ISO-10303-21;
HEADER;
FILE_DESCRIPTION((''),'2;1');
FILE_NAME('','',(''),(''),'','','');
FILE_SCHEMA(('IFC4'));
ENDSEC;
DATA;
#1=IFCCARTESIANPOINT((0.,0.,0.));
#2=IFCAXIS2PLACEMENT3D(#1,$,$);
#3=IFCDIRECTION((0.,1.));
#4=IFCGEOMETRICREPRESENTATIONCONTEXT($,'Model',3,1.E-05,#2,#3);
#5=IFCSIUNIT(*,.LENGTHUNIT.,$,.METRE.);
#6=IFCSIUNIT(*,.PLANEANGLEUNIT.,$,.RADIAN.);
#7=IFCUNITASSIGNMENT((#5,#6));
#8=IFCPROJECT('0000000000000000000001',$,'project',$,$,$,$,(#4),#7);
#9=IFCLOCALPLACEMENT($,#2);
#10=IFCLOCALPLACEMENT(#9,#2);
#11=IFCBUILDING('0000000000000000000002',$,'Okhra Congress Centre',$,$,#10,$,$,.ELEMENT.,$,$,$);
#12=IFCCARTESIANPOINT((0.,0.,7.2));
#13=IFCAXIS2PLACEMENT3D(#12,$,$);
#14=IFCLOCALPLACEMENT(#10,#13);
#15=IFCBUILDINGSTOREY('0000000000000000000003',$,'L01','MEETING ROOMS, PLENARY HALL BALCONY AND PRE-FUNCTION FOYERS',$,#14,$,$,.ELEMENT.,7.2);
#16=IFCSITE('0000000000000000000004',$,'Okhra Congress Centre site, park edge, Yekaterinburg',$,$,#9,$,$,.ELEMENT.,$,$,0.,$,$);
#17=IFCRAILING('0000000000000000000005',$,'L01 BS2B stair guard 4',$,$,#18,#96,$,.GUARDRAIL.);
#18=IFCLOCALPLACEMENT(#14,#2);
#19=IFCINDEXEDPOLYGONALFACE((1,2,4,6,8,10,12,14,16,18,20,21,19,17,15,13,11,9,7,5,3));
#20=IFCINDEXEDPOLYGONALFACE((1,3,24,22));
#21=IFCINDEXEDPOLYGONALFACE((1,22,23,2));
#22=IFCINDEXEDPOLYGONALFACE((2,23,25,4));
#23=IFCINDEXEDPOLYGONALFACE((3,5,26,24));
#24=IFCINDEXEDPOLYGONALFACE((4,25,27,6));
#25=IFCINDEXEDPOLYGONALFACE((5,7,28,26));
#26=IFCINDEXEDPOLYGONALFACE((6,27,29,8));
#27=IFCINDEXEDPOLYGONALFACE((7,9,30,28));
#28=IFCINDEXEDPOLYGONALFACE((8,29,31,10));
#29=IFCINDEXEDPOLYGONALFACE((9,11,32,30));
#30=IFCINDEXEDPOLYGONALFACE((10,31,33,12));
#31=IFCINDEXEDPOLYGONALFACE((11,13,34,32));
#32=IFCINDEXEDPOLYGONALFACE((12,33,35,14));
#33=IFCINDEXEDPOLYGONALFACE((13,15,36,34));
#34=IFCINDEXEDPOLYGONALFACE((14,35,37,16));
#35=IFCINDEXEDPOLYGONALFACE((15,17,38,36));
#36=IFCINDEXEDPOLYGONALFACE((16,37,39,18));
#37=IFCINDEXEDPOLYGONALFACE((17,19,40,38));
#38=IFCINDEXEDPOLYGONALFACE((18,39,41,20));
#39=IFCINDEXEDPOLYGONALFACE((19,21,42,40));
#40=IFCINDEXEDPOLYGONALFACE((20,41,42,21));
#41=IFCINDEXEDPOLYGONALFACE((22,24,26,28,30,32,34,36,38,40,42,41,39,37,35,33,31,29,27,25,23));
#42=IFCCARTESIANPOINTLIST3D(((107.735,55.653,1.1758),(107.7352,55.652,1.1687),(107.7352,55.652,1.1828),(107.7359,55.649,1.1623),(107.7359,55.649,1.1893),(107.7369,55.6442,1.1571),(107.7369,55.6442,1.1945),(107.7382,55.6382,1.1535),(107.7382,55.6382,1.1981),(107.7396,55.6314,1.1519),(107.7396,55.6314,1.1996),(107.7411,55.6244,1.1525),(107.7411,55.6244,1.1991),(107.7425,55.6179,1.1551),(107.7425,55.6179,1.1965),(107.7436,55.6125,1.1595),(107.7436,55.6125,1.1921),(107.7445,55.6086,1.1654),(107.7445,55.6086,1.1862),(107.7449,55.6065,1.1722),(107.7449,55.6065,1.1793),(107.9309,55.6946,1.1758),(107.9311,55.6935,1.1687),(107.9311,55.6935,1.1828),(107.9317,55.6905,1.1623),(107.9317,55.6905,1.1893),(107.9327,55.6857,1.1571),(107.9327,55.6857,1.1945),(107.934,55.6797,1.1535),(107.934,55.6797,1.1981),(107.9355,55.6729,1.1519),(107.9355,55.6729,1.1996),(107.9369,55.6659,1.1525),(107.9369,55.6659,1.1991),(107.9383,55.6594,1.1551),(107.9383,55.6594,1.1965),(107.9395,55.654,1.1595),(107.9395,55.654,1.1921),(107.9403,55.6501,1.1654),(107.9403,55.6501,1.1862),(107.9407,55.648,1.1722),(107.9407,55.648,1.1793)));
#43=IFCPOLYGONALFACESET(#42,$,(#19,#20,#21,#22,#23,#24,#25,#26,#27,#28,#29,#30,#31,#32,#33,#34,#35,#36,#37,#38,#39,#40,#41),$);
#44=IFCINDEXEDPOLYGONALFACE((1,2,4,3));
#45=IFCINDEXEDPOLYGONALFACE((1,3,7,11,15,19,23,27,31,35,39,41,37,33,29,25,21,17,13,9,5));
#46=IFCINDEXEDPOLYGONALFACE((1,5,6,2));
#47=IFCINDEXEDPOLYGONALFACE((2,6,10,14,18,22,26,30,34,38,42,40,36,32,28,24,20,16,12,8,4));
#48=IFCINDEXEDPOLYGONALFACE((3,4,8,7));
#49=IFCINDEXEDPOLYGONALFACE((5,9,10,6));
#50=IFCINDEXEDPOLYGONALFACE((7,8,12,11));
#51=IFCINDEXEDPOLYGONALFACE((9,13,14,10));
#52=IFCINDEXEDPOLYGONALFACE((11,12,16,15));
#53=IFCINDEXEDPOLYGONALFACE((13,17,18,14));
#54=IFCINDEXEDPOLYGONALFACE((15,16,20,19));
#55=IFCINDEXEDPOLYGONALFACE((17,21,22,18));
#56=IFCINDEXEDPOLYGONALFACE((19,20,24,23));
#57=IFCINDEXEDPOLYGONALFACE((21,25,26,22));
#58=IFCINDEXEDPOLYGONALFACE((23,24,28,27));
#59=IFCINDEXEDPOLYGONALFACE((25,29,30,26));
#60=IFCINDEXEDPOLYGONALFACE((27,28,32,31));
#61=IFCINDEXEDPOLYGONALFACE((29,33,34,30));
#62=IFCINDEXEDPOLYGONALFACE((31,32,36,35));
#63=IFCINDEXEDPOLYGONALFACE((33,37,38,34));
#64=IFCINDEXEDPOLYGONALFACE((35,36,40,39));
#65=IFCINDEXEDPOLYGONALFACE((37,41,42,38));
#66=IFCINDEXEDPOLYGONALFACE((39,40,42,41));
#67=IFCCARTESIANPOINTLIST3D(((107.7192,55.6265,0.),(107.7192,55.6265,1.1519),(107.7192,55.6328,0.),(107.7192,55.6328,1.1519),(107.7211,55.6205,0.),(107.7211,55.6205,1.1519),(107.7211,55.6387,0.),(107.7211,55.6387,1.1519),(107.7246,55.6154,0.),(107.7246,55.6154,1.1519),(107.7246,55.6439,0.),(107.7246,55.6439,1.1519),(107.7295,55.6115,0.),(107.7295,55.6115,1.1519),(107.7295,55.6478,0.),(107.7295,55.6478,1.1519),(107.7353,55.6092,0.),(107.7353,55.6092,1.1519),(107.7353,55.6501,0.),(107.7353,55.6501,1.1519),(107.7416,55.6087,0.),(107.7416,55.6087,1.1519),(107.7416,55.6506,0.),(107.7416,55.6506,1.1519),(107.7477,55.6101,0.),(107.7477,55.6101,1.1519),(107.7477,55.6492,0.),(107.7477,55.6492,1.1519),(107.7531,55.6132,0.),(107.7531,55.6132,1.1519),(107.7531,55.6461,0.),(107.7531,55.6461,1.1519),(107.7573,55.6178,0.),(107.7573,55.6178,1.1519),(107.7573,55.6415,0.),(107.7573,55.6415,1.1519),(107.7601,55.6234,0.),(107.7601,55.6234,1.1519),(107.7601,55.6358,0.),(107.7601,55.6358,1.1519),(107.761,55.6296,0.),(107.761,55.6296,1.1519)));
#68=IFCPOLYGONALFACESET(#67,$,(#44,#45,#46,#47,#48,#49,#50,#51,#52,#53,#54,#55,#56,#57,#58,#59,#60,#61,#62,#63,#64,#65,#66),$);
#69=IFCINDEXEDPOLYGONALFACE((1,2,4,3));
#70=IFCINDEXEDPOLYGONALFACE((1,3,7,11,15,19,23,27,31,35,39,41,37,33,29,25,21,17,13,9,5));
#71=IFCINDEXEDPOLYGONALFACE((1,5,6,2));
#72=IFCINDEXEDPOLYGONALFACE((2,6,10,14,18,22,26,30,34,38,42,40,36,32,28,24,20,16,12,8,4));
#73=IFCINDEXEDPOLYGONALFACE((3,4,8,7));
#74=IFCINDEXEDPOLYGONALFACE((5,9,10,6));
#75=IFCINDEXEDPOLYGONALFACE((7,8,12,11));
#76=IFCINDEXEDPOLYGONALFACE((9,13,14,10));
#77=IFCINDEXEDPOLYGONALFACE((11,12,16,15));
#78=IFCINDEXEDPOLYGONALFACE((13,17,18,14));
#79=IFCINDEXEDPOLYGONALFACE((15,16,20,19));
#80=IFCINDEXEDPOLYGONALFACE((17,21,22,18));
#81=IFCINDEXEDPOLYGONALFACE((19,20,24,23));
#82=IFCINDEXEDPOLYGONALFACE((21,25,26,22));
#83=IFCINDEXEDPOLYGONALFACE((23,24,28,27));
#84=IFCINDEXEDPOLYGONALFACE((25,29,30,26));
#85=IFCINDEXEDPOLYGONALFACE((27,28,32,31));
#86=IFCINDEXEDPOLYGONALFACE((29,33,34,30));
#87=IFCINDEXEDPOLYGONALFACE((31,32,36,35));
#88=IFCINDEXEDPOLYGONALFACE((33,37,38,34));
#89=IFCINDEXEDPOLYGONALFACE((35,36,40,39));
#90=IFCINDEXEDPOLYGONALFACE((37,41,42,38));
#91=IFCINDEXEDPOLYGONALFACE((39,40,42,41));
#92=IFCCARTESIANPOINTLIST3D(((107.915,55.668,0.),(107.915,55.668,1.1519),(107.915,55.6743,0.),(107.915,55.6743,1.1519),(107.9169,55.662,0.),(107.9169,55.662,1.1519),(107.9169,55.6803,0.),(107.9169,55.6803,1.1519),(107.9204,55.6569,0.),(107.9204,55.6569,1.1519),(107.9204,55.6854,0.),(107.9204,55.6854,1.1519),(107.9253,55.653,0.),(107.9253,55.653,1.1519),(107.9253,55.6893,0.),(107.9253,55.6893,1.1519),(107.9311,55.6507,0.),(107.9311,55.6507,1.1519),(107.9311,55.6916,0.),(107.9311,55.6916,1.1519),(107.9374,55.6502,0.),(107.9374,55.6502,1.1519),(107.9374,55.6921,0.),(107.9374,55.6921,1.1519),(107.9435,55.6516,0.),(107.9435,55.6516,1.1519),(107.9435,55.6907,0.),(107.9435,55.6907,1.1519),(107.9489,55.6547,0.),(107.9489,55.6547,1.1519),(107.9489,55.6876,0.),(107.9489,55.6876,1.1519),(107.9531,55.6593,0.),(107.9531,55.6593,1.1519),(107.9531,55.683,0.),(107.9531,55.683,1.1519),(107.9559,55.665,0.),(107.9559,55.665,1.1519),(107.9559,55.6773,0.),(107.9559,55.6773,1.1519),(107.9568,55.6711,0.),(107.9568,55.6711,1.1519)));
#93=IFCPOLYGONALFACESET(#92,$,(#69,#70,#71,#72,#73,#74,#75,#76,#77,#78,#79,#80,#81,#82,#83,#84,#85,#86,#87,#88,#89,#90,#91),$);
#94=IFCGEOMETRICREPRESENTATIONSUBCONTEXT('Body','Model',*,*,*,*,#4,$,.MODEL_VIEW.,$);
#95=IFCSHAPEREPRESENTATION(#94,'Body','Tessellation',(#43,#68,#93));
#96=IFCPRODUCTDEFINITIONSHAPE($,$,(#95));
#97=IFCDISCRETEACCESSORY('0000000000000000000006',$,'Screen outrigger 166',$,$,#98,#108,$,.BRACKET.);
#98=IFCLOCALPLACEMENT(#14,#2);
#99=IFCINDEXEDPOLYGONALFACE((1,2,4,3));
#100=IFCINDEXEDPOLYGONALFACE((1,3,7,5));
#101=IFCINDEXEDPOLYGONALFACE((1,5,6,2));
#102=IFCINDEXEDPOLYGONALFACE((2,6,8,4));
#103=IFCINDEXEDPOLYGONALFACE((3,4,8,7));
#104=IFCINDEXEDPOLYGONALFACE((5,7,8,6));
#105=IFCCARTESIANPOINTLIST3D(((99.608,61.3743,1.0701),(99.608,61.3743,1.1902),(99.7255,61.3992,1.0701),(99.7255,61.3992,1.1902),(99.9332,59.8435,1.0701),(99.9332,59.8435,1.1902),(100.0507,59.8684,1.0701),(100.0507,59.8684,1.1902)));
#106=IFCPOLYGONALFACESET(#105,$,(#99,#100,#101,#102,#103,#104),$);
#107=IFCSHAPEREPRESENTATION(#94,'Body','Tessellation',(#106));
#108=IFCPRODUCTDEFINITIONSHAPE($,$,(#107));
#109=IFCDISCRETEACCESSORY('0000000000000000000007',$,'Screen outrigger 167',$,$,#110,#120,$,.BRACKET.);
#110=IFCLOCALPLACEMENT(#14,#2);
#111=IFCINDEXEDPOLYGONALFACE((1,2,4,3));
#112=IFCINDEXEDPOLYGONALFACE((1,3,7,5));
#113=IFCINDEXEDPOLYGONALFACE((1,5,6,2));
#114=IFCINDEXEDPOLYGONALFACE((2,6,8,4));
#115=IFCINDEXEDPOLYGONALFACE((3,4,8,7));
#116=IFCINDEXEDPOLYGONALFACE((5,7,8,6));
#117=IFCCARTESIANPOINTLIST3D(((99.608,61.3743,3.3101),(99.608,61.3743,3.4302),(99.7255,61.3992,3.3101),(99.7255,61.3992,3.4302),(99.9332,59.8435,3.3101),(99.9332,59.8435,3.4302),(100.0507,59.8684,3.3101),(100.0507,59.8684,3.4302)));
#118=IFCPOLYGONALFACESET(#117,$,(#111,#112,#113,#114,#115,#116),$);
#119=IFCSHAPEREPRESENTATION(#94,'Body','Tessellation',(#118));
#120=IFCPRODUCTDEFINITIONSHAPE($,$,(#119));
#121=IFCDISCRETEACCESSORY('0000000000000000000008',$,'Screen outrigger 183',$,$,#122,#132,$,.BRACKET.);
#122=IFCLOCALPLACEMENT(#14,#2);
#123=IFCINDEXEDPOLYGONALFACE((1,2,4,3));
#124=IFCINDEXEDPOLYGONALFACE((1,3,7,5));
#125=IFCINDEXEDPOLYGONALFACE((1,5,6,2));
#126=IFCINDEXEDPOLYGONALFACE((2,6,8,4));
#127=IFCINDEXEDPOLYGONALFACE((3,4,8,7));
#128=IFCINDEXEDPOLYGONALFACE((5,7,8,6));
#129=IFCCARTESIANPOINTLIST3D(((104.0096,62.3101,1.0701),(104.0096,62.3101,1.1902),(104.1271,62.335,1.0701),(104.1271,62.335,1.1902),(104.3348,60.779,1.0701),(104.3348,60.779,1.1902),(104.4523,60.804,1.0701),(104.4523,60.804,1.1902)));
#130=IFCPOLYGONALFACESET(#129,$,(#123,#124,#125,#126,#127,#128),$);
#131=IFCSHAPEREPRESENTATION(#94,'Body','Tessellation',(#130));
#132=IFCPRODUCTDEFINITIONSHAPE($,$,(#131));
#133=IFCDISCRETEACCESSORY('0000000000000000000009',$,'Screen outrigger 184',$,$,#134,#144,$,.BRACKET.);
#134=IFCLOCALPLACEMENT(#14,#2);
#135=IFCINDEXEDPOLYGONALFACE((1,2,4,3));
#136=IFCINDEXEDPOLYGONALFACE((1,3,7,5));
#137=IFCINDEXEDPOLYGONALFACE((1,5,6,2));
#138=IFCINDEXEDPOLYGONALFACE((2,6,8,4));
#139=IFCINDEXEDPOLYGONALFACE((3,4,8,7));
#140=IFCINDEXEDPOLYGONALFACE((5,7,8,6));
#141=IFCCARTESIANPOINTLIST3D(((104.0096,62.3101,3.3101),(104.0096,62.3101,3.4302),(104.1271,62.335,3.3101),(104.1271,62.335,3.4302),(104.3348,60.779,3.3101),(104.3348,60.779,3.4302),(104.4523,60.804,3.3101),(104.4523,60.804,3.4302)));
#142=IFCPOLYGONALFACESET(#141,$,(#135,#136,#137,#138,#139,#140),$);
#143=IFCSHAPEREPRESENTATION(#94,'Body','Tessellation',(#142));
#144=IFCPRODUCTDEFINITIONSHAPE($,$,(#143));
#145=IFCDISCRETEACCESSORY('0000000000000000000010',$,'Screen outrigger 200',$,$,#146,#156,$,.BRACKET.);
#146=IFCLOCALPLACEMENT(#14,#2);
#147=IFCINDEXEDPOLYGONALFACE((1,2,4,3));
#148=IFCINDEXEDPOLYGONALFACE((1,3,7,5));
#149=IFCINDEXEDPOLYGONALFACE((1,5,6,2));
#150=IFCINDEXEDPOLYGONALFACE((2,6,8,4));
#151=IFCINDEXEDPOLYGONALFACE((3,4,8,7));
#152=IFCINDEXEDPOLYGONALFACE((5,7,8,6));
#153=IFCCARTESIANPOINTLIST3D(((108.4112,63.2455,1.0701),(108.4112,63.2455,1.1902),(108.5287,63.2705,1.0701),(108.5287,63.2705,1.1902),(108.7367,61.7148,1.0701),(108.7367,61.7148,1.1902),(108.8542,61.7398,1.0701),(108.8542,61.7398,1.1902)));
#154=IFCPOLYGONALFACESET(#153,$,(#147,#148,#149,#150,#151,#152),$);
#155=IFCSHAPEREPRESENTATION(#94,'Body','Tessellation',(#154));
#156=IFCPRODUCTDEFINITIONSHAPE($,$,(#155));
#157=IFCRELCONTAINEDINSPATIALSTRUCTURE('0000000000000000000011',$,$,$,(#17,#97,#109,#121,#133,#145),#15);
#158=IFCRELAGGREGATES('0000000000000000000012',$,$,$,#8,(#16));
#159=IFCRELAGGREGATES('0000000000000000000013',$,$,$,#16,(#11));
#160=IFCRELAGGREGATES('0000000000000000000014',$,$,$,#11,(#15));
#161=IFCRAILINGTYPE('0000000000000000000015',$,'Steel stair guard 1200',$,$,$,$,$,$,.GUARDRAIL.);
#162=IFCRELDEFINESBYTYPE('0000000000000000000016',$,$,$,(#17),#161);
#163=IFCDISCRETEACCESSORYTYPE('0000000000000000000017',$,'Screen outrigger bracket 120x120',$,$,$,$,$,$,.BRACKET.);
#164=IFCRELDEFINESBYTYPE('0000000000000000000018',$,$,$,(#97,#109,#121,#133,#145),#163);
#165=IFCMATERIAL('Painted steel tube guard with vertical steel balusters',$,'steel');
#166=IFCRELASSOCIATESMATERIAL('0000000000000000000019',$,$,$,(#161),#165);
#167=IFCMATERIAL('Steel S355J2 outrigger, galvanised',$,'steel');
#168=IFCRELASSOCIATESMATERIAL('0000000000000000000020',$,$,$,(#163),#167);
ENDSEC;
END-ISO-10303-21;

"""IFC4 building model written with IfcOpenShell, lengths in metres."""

from ifc_helpers import new_model, si_unit, direction, frame, origin, origin_2d, place, context, subcontext, project, spatial, rectangle, circle, extrude, material, material_profile, profile_set, type_object, element, save


model = new_model("IFC4")

# Units and contexts
model_context = context("Model", 3, precision=1e-05, world=origin(), true_north=direction((0.0, 1.0)))
body_context = subcontext(model_context, "Body", "Model", "MODEL_VIEW")
ifc_project = project(units=[si_unit("LENGTHUNIT", "METRE"), si_unit("PLANEANGLEUNIT", "RADIAN")], contexts=[model_context])

# Site, building, storey
site_placement = place(None, origin())
site = spatial("IfcSite", under=ifc_project, at=site_placement, Name="Okhra Congress Centre site, park edge, Yekaterinburg", CompositionType="ELEMENT", RefElevation=0.0)
building_placement = place(site_placement, origin())
building = spatial("IfcBuilding", under=site, at=building_placement, Name="Okhra Congress Centre", CompositionType="ELEMENT")
storey_placement = place(building_placement, frame((0.0, 0.0, 7.2)))
storey = spatial("IfcBuildingStorey", under=building, at=storey_placement, Name="L01", Description="MEETING ROOMS, PLENARY HALL BALCONY AND PRE-FUNCTION FOYERS", CompositionType="ELEMENT", Elevation=7.2)

# Railing
ifc_material_1 = material(Name="Painted steel tube guard with vertical steel balusters", Category="steel")
railing_type_1 = type_object("IfcRailingType", Name="Steel stair guard 1200", PredefinedType="GUARDRAIL", material=ifc_material_1)
railing_1_placement = place(storey_placement, frame((107.74, 55.6296, 0.0)))
element("IfcRailing", 1, at=railing_1_placement, inside=storey, type_object=railing_type_1, Name="L01 BS2B stair guard 4", PredefinedType="GUARDRAIL", context=body_context, shape_type="SweptSolid", body=[
    extrude(circle(Radius=0.0239, at=origin_2d()), frame((0.0, 0.0, 1.1758), z_axis=(0.978264, 0.207363, 0.0), x_axis=(-0.207363, 0.978264, 0.0)), (0.0, 0.0, 1.0), 0.2002),
    extrude(circle(Radius=0.021, at=origin_2d()), origin(), (0.0, 0.0, 1.0), 1.1519),
    extrude(circle(Radius=0.021, at=origin_2d()), frame((0.1958, 0.0415, 0.0)), (0.0, 0.0, 1.0), 1.1519),
])

# Discrete accessories
ifc_material_2 = material(Name="Steel S355J2 outrigger, galvanised", Category="steel")
ifc_material_profile_1 = material_profile(ifc_material_2, rectangle(XDim=0.1201, YDim=0.1201, at=origin_2d()), Name="Screen outrigger bracket 120x120")
ifc_profile_set_1 = profile_set([ifc_material_profile_1], Name="Steel S355J2 outrigger, galvanised")
discrete_accessory_type = type_object("IfcDiscreteAccessoryType", Name="Screen outrigger bracket 120x120", PredefinedType="BRACKET", material=ifc_profile_set_1)
for number, where, z_axis, x_axis, name in (
    (2, (99.9919, 59.856, 1.1301), (-0.207803, 0.978171, 0.0), (-0.978171, -0.207803, 0.0), "Screen outrigger 166"),
    (3, (99.9919, 59.856, 3.3701), (-0.207803, 0.978171, 0.0), (-0.978171, -0.207803, 0.0), "Screen outrigger 167"),
):
    element("IfcDiscreteAccessory", number, at=place(storey_placement, frame(where, z_axis=z_axis, x_axis=x_axis)), inside=storey, type_object=discrete_accessory_type, Name=name, PredefinedType="BRACKET", context=body_context, shape_type="SweptSolid", body=[
        extrude(rectangle(XDim=0.1201, YDim=0.1201, at=origin_2d()), origin(), (0.0, 0.0, 1.0), 1.5649),
    ])
for number, where, z_axis, x_axis, name in (
    (4, (104.3936, 60.7915, 1.1301), (-0.207771, 0.978177, 0.0), (-0.978177, -0.207771, 0.0), "Screen outrigger 183"),
    (5, (104.3936, 60.7915, 3.3701), (-0.207771, 0.978177, 0.0), (-0.978177, -0.207771, 0.0), "Screen outrigger 184"),
):
    element("IfcDiscreteAccessory", number, at=place(storey_placement, frame(where, z_axis=z_axis, x_axis=x_axis)), inside=storey, type_object=discrete_accessory_type, Name=name, PredefinedType="BRACKET", context=body_context, shape_type="SweptSolid", body=[
        extrude(rectangle(XDim=0.1201, YDim=0.1201, at=origin_2d()), origin(), (0.0, 0.0, 1.0), 1.5652),
    ])
discrete_accessory_placement = place(storey_placement, frame((108.7954, 61.7273, 1.1301), z_axis=(-0.207952, 0.978139, 0.0), x_axis=(-0.978139, -0.207952, 0.0)))
element("IfcDiscreteAccessory", 6, at=discrete_accessory_placement, inside=storey, type_object=discrete_accessory_type, Name="Screen outrigger 200", PredefinedType="BRACKET", context=body_context, shape_type="SweptSolid", body=[
    extrude(rectangle(XDim=0.1201, YDim=0.1201, at=origin_2d()), origin(), (0.0, 0.0, 1.0), 1.5649),
])

save(model, "model.ifc")
